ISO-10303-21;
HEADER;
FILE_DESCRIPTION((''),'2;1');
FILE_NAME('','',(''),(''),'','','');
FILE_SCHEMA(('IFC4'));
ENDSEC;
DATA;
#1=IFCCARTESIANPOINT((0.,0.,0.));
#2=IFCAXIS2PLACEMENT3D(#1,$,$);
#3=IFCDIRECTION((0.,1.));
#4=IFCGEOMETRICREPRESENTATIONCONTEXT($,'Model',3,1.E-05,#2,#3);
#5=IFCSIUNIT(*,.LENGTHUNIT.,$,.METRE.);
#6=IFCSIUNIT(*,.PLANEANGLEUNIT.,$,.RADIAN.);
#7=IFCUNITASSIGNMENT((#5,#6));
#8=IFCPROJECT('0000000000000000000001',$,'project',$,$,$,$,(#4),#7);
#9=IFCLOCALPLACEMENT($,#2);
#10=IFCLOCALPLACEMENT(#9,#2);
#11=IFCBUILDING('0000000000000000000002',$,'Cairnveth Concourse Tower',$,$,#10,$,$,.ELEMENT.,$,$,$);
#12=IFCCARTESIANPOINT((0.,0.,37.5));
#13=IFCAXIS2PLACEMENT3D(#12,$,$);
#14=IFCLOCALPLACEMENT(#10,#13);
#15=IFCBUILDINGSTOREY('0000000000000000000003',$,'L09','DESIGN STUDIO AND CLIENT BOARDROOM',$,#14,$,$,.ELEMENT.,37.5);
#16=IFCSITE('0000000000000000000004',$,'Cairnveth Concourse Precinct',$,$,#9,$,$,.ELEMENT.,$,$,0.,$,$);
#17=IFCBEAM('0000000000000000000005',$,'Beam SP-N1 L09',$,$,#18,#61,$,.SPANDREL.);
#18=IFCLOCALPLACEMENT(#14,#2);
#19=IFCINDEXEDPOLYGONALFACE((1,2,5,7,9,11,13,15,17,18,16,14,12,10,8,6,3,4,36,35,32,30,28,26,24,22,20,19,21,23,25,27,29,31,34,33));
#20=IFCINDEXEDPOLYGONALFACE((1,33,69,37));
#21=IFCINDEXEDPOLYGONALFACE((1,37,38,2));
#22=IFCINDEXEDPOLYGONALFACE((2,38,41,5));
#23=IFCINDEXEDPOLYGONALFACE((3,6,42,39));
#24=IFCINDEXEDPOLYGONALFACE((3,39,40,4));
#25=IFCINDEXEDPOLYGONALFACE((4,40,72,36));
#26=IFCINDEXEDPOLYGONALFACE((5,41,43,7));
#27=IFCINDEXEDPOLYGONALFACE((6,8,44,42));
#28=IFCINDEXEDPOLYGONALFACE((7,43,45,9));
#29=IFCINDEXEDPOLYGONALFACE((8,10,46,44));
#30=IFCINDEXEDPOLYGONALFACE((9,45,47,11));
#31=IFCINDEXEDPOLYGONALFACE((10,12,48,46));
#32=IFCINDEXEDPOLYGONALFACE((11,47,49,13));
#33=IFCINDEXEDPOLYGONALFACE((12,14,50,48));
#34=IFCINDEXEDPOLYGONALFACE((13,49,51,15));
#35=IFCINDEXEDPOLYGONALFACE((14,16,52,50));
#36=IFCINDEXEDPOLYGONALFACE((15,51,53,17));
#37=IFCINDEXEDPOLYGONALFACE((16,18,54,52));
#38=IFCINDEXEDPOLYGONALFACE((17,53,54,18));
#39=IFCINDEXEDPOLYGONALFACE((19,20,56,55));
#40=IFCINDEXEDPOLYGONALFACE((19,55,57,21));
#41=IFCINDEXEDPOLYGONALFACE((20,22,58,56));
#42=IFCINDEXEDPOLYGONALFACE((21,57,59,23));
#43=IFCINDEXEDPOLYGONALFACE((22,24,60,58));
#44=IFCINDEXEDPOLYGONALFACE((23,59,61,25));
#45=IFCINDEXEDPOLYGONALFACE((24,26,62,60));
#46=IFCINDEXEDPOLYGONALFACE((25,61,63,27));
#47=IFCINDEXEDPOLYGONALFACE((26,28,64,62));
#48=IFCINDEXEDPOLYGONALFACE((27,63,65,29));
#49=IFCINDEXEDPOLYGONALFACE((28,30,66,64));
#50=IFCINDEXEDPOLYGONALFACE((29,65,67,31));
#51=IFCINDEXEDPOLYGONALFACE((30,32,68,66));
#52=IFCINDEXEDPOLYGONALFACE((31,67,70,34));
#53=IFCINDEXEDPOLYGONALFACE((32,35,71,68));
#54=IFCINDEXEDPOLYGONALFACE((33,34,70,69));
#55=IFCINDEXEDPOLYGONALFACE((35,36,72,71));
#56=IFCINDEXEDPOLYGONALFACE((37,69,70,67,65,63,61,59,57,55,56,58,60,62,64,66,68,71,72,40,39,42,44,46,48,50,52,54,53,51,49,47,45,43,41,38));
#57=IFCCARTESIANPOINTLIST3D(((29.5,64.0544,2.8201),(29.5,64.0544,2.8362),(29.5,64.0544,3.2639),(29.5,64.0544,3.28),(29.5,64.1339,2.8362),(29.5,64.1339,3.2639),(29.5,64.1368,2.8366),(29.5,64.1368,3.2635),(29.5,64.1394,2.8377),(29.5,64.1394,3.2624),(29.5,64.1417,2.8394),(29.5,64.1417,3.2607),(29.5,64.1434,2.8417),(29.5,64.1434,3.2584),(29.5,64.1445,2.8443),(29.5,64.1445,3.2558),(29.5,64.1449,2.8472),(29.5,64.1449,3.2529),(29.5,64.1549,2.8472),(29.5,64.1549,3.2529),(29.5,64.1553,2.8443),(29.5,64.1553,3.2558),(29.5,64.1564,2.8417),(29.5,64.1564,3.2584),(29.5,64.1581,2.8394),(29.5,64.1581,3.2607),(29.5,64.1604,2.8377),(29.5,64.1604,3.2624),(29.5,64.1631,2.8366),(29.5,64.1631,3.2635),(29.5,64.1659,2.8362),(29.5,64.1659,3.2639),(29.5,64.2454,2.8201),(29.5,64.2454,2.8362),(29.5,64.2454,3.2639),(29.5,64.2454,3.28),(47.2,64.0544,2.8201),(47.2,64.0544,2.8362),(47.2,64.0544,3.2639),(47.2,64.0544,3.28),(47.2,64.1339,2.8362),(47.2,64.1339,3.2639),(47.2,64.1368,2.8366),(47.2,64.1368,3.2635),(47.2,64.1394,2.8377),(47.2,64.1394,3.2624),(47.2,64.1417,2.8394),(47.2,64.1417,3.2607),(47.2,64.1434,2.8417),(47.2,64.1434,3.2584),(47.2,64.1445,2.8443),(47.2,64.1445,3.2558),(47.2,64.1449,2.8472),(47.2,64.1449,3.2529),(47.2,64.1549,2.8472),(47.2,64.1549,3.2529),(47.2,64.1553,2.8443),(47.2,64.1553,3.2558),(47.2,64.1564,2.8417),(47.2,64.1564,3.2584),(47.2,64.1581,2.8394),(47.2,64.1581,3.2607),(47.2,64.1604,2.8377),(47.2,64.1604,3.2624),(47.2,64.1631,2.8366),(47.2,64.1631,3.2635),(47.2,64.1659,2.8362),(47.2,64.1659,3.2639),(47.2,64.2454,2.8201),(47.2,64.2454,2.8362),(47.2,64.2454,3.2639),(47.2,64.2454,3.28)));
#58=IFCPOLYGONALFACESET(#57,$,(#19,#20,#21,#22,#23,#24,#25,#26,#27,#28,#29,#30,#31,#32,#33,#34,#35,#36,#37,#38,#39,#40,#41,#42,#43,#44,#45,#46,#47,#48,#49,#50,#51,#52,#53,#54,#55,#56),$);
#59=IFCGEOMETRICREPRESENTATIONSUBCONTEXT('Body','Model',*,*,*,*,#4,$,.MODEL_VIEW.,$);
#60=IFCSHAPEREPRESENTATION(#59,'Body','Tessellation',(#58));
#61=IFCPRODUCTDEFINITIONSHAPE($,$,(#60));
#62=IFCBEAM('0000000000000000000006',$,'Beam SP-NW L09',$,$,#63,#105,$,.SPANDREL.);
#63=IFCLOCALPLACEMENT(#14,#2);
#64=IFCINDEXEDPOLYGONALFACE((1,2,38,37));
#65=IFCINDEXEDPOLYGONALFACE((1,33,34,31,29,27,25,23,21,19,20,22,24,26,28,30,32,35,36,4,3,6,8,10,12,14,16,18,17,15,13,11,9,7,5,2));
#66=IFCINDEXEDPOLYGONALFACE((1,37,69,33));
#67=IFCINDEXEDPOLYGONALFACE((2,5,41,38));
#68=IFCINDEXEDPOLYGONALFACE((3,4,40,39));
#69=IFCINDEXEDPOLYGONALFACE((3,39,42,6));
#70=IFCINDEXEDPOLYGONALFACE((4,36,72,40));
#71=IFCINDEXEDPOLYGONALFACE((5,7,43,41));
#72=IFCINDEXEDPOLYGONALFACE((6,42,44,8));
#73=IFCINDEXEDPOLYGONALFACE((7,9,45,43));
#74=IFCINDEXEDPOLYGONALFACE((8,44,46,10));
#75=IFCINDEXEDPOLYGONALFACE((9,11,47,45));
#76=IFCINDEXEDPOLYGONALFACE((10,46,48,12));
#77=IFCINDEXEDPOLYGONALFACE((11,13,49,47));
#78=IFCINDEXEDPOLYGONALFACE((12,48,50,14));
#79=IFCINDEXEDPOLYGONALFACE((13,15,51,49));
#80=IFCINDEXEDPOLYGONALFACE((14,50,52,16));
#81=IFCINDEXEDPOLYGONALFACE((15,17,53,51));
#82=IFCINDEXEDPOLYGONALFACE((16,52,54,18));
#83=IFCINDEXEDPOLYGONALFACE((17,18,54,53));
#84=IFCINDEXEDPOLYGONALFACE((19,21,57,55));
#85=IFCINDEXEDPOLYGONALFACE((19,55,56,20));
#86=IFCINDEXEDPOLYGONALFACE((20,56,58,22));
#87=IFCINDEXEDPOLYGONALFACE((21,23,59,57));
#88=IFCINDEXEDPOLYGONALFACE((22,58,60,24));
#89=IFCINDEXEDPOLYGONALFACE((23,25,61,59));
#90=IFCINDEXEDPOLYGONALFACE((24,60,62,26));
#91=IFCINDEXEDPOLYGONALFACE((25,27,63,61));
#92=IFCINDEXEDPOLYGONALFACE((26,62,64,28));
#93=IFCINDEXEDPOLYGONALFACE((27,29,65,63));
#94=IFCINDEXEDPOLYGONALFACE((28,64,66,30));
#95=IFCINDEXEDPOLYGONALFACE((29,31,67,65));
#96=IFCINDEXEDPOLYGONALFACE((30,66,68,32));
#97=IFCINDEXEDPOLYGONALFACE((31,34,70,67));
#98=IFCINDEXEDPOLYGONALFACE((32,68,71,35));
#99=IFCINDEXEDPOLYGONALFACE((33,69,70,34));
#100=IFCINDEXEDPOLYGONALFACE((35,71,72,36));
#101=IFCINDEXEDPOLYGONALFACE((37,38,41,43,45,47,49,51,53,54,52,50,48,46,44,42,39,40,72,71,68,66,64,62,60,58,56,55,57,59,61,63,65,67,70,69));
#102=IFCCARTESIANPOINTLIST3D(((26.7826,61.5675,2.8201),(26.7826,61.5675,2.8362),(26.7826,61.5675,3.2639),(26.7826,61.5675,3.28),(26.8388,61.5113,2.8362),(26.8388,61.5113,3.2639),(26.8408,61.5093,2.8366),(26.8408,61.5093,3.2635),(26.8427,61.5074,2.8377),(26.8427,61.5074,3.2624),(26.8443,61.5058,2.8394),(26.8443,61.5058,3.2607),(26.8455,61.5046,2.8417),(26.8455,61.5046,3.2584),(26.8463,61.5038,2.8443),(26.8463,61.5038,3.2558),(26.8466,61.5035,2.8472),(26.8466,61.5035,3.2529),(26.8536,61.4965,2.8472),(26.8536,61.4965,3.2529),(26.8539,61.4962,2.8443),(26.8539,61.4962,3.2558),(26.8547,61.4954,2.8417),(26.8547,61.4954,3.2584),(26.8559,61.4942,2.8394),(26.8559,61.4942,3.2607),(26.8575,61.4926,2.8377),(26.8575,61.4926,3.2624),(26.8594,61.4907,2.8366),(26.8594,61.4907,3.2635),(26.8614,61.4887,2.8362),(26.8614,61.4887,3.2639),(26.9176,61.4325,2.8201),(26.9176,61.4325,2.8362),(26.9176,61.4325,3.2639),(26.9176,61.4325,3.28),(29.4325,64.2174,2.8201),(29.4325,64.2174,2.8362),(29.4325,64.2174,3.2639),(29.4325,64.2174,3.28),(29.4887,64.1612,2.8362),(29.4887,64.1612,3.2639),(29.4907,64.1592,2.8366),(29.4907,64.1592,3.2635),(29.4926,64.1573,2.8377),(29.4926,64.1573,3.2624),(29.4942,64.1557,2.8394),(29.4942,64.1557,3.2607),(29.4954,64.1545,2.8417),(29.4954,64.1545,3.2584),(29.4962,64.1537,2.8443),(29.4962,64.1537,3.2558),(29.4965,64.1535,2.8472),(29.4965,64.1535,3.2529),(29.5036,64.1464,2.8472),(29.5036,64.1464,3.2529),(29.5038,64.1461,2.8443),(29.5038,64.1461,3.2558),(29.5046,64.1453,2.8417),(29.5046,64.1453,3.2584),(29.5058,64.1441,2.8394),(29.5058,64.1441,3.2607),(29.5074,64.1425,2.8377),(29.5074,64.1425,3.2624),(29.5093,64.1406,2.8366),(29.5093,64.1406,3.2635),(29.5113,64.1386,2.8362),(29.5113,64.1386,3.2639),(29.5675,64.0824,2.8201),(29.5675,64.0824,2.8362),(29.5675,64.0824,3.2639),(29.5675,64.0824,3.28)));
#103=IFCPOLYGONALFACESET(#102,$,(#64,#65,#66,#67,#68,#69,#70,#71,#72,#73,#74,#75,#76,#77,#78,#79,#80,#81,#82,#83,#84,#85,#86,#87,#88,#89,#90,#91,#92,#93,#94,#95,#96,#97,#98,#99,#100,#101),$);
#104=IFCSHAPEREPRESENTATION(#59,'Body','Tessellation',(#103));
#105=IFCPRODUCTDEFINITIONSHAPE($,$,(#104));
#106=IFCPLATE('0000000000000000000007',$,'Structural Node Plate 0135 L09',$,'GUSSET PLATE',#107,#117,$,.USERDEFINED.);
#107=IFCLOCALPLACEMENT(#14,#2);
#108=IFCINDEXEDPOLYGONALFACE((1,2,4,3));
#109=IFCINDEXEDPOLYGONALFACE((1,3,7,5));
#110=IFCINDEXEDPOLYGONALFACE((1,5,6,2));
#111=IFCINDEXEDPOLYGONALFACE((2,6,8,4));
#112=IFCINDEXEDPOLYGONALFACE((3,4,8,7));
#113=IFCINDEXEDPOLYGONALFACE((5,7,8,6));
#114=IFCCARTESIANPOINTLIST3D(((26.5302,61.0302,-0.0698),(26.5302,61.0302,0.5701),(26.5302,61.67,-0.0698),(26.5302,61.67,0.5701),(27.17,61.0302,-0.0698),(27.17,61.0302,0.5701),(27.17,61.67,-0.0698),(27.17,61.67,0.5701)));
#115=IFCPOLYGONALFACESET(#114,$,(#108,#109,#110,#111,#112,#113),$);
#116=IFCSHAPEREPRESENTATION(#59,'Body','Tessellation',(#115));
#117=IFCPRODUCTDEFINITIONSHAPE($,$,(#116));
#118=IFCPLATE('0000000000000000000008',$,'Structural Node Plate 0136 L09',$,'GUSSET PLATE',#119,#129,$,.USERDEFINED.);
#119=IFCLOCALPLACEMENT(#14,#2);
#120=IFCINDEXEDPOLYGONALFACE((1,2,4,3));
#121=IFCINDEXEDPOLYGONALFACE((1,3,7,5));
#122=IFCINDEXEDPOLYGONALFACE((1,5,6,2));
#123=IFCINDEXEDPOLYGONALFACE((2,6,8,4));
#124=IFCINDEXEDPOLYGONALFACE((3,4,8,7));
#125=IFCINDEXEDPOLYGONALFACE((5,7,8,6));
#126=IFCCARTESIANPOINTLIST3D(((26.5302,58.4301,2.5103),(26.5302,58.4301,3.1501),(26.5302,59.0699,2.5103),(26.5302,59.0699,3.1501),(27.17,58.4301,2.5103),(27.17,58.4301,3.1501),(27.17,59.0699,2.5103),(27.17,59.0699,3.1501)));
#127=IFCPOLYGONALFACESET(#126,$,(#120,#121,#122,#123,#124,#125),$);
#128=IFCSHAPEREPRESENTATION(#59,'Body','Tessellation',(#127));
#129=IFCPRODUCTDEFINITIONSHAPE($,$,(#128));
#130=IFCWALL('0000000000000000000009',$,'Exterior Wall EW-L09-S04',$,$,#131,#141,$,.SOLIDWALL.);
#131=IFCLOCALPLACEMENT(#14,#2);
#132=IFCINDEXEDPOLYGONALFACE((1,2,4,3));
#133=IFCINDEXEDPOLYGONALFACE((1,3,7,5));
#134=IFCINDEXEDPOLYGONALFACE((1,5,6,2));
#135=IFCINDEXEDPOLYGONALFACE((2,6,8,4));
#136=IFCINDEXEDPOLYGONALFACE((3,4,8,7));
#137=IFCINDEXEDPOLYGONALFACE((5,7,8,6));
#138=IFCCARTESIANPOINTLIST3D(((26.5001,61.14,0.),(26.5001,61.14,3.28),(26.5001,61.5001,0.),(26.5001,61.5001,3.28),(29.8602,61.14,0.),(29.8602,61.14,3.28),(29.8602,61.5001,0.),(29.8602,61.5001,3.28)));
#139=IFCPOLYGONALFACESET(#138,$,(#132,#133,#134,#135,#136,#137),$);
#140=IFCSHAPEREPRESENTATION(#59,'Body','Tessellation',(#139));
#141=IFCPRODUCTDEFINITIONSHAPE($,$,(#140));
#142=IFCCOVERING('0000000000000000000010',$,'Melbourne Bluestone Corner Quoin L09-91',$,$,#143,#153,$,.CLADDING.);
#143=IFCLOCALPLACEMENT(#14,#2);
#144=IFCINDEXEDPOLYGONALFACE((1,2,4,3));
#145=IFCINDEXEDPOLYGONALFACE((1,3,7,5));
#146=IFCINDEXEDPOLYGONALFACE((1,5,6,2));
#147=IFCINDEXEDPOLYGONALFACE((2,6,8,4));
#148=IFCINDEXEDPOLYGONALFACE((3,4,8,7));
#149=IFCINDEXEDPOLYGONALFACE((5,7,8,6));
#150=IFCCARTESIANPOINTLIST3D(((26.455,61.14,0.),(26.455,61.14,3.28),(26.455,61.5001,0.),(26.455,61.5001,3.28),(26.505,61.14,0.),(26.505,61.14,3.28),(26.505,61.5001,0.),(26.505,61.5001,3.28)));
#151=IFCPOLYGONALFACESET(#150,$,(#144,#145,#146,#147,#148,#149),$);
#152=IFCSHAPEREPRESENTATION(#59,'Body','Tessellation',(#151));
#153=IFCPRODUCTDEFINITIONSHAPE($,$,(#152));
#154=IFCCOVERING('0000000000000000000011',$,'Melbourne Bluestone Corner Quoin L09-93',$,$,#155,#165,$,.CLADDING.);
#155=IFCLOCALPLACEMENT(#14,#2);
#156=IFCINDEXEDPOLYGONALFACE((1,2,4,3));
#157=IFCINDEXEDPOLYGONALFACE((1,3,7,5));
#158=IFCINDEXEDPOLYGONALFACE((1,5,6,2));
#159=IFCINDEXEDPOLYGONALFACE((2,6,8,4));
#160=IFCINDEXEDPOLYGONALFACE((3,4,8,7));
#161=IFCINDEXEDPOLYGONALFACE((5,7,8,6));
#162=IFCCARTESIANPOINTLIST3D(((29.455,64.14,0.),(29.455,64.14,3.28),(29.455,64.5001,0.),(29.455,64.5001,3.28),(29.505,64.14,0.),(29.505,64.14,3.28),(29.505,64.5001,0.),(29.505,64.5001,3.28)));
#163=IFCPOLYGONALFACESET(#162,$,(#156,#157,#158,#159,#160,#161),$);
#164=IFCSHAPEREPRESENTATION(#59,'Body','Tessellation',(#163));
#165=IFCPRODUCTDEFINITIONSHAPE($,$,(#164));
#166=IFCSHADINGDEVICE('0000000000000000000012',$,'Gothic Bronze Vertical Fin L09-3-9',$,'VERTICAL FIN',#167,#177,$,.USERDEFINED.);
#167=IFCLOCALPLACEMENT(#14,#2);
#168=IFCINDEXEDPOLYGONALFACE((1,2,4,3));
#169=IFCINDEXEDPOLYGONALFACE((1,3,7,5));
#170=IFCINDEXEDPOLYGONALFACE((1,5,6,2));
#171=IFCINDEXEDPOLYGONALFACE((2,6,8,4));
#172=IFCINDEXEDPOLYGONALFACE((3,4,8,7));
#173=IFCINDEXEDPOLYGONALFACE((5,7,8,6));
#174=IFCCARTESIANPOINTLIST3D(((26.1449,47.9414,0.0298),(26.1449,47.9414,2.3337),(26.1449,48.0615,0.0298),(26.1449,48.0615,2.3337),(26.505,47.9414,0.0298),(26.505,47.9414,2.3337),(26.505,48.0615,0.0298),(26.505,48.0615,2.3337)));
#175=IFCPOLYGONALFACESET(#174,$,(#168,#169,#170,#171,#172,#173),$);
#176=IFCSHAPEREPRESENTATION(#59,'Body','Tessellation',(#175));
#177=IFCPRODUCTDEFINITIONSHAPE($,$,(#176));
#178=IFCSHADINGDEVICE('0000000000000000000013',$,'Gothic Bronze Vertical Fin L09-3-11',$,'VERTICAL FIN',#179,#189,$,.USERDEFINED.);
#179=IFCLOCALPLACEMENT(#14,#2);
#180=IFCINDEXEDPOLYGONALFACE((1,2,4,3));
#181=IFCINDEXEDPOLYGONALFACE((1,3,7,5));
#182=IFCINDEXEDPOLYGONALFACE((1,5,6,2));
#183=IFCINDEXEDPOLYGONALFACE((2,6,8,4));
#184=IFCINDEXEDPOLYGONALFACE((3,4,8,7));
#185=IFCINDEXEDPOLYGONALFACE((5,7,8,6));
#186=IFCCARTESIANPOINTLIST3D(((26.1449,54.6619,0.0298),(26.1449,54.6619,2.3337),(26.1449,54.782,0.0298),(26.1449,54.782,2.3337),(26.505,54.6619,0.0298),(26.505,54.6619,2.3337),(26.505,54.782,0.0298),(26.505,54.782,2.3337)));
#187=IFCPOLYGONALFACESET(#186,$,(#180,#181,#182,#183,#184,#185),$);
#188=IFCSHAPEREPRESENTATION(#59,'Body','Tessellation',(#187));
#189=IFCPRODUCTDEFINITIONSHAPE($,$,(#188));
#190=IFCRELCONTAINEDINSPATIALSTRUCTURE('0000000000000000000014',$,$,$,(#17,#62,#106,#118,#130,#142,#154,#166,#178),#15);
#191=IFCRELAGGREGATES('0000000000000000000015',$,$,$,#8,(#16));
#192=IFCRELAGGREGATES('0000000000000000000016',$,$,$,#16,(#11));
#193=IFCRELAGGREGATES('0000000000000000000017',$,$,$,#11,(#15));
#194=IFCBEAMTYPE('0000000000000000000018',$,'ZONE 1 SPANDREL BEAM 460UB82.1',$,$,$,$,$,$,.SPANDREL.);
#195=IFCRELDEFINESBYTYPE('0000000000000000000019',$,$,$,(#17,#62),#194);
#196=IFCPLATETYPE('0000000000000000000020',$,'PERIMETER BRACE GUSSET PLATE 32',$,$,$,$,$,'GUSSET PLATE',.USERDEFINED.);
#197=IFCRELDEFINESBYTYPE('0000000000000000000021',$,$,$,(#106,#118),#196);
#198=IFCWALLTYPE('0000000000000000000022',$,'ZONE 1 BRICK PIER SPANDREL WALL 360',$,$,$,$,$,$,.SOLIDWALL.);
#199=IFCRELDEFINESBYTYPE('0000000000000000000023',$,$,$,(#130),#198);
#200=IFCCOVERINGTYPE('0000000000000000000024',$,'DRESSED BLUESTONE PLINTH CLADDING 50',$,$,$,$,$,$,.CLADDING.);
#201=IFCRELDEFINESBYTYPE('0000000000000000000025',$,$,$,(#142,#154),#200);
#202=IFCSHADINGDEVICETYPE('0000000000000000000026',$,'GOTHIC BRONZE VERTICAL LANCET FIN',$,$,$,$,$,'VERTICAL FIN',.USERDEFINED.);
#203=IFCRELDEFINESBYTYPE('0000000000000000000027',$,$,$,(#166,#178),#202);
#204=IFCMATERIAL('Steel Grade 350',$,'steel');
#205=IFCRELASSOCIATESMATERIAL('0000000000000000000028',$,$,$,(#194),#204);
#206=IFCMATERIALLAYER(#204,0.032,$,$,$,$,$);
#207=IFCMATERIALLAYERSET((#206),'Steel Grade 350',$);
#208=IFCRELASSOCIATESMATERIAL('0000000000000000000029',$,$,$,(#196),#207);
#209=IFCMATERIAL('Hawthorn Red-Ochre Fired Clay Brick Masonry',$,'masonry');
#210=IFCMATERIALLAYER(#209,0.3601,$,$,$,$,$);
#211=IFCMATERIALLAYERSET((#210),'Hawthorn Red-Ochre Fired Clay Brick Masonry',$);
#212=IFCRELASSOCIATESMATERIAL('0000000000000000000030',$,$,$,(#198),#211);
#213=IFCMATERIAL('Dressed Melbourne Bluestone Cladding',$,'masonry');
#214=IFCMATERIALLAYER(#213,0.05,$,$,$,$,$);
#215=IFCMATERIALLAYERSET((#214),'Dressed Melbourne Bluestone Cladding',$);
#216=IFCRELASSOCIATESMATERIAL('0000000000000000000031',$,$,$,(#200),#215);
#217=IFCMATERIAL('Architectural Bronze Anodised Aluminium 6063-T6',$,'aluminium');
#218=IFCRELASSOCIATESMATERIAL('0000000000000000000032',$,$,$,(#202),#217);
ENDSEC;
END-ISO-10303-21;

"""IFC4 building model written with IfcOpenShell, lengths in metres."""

from ifc_helpers import new_model, si_unit, direction, frame, frame_2d, origin, origin_2d, place, context, subcontext, project, spatial, rectangle, i_section, extrude, material, layer, layer_set, material_profile, profile_set, type_object, element, save


model = new_model("IFC4")

# Units and contexts
model_context = context("Model", 3, precision=1e-05, world=origin(), true_north=direction((0.0, 1.0)))
body_context = subcontext(model_context, "Body", "Model", "MODEL_VIEW")
ifc_project = project(units=[si_unit("LENGTHUNIT", "METRE"), si_unit("PLANEANGLEUNIT", "RADIAN")], contexts=[model_context])

# Site, building, storey
site_placement = place(None, origin())
site = spatial("IfcSite", under=ifc_project, at=site_placement, Name="Cairnveth Concourse Precinct", CompositionType="ELEMENT", RefElevation=0.0)
building_placement = place(site_placement, origin())
building = spatial("IfcBuilding", under=site, at=building_placement, Name="Cairnveth Concourse Tower", CompositionType="ELEMENT")
storey_placement = place(building_placement, frame((0.0, 0.0, 37.5)))
storey = spatial("IfcBuildingStorey", under=building, at=storey_placement, Name="L09", Description="DESIGN STUDIO AND CLIENT BOARDROOM", CompositionType="ELEMENT", Elevation=37.5)

# Shared definitions
ifc_material_1 = material(Name="Steel Grade 350", Category="steel")

# Beams
ifc_material_profile_1 = material_profile(ifc_material_1, i_section(OverallWidth=0.1909, OverallDepth=0.46, WebThickness=0.01, FlangeThickness=0.0161, FilletRadius=0.011, at=origin_2d()), Name="460UB82.1")
ifc_profile_set_1 = profile_set([ifc_material_profile_1], Name="Steel Grade 350")
beam_type_1 = type_object("IfcBeamType", Name="ZONE 1 SPANDREL BEAM 460UB82.1", PredefinedType="SPANDREL", material=ifc_profile_set_1)
beam_1_placement = place(storey_placement, frame((29.5, 64.1499, 3.05), z_axis=(1.0, 0.0, 0.0), x_axis=(0.0, 1.0, 0.0)))
element("IfcBeam", 1, at=beam_1_placement, inside=storey, type_object=beam_type_1, Name="Beam SP-N1 L09", PredefinedType="SPANDREL", context=body_context, shape_type="SweptSolid", body=[
    extrude(i_section(OverallWidth=0.1909, OverallDepth=0.46, WebThickness=0.01, FlangeThickness=0.0161, FilletRadius=0.011, at=origin_2d()), origin(), (0.0, 0.0, 1.0), 17.7),
])
beam_2_placement = place(storey_placement, frame((26.8501, 61.5, 3.05), z_axis=(0.707107, 0.707107, 0.0), x_axis=(-0.707107, 0.707107, 0.0)))
element("IfcBeam", 2, at=beam_2_placement, inside=storey, type_object=beam_type_1, Name="Beam SP-NW L09", PredefinedType="SPANDREL", context=body_context, shape_type="SweptSolid", body=[
    extrude(i_section(OverallWidth=0.1909, OverallDepth=0.46, WebThickness=0.01, FlangeThickness=0.0161, FilletRadius=0.011, at=origin_2d()), origin(), (0.0, 0.0, 1.0), 3.7476),
])

# Plates
ifc_layer_1 = layer(ifc_material_1, 0.032)
ifc_layer_set_1 = layer_set([ifc_layer_1], Name="Steel Grade 350")
plate_type = type_object("IfcPlateType", Name="PERIMETER BRACE GUSSET PLATE 32", ElementType="GUSSET PLATE", PredefinedType="USERDEFINED", material=ifc_layer_set_1)
for number, where, z_axis, x_axis, name in (
    (3, (26.8501, 61.3501, -0.0698), (0.0, 0.0, 1.0), (1.0, 0.0, 0.0), "Structural Node Plate 0135 L09"),
    (4, (26.8501, 58.75, 2.5103), (0.0, 0.0, 1.0), (1.0, 0.0, 0.0), "Structural Node Plate 0136 L09"),
):
    element("IfcPlate", number, at=place(storey_placement, frame(where, z_axis=z_axis, x_axis=x_axis)), inside=storey, type_object=plate_type, Name=name, ObjectType="GUSSET PLATE", PredefinedType="USERDEFINED", context=body_context, shape_type="SweptSolid", body=[
        extrude(rectangle(XDim=0.6399, YDim=0.6399, at=origin_2d()), origin(), (0.0, 0.0, 1.0), 0.6399),
    ])

# Wall
ifc_material_2 = material(Name="Hawthorn Red-Ochre Fired Clay Brick Masonry", Category="masonry")
ifc_layer_2 = layer(ifc_material_2, 0.3601)
ifc_layer_set_2 = layer_set([ifc_layer_2], Name="Hawthorn Red-Ochre Fired Clay Brick Masonry")
wall_type = type_object("IfcWallType", Name="ZONE 1 BRICK PIER SPANDREL WALL 360", PredefinedType="SOLIDWALL", material=ifc_layer_set_2)
wall_placement = place(storey_placement, frame((26.5, 61.3201, 0.0), z_axis=(0.0, 0.0, 1.0), x_axis=(1.0, 0.0, 0.0)))
element("IfcWall", 5, at=wall_placement, inside=storey, type_object=wall_type, Name="Exterior Wall EW-L09-S04", PredefinedType="SOLIDWALL", context=body_context, shape_type="SweptSolid", body=[
    extrude(rectangle(XDim=3.3601, YDim=0.3601, at=frame_2d((1.6802, 0.0))), origin(), (0.0, 0.0, 1.0), 3.28),
])

# Coverings
ifc_material_3 = material(Name="Dressed Melbourne Bluestone Cladding", Category="masonry")
ifc_layer_3 = layer(ifc_material_3, 0.05)
ifc_layer_set_3 = layer_set([ifc_layer_3], Name="Dressed Melbourne Bluestone Cladding")
covering_type = type_object("IfcCoveringType", Name="DRESSED BLUESTONE PLINTH CLADDING 50", PredefinedType="CLADDING", material=ifc_layer_set_3)
for number, where, z_axis, x_axis, name in (
    (6, (26.48, 61.1399, 0.0), (0.0, 0.0, 1.0), (0.0, 1.0, 0.0), "Melbourne Bluestone Corner Quoin L09-91"),
    (7, (29.48, 64.1399, 0.0), (0.0, 0.0, 1.0), (0.0, 1.0, 0.0), "Melbourne Bluestone Corner Quoin L09-93"),
):
    element("IfcCovering", number, at=place(storey_placement, frame(where, z_axis=z_axis, x_axis=x_axis)), inside=storey, type_object=covering_type, Name=name, PredefinedType="CLADDING", context=body_context, shape_type="SweptSolid", body=[
        extrude(rectangle(XDim=0.3601, YDim=0.05, at=frame_2d((0.1802, 0.0))), origin(), (0.0, 0.0, 1.0), 3.28),
    ])

# Shading devices
ifc_material_4 = material(Name="Architectural Bronze Anodised Aluminium 6063-T6", Category="aluminium")
shading_device_type = type_object("IfcShadingDeviceType", Name="GOTHIC BRONZE VERTICAL LANCET FIN", ElementType="VERTICAL FIN", PredefinedType="USERDEFINED", material=ifc_material_4)
for number, where, z_axis, x_axis, name in (
    (8, (26.325, 48.0015, 0.0298), (0.0, 0.0, 1.0), (0.0, 1.0, 0.0), "Gothic Bronze Vertical Fin L09-3-9"),
    (9, (26.325, 54.7219, 0.0298), (0.0, 0.0, 1.0), (0.0, 1.0, 0.0), "Gothic Bronze Vertical Fin L09-3-11"),
):
    element("IfcShadingDevice", number, at=place(storey_placement, frame(where, z_axis=z_axis, x_axis=x_axis)), inside=storey, type_object=shading_device_type, Name=name, ObjectType="VERTICAL FIN", PredefinedType="USERDEFINED", context=body_context, shape_type="SweptSolid", body=[
        extrude(rectangle(XDim=0.1201, YDim=0.3601, at=origin_2d()), origin(), (0.0, 0.0, 1.0), 2.304),
    ])

save(model, "model.ifc")
